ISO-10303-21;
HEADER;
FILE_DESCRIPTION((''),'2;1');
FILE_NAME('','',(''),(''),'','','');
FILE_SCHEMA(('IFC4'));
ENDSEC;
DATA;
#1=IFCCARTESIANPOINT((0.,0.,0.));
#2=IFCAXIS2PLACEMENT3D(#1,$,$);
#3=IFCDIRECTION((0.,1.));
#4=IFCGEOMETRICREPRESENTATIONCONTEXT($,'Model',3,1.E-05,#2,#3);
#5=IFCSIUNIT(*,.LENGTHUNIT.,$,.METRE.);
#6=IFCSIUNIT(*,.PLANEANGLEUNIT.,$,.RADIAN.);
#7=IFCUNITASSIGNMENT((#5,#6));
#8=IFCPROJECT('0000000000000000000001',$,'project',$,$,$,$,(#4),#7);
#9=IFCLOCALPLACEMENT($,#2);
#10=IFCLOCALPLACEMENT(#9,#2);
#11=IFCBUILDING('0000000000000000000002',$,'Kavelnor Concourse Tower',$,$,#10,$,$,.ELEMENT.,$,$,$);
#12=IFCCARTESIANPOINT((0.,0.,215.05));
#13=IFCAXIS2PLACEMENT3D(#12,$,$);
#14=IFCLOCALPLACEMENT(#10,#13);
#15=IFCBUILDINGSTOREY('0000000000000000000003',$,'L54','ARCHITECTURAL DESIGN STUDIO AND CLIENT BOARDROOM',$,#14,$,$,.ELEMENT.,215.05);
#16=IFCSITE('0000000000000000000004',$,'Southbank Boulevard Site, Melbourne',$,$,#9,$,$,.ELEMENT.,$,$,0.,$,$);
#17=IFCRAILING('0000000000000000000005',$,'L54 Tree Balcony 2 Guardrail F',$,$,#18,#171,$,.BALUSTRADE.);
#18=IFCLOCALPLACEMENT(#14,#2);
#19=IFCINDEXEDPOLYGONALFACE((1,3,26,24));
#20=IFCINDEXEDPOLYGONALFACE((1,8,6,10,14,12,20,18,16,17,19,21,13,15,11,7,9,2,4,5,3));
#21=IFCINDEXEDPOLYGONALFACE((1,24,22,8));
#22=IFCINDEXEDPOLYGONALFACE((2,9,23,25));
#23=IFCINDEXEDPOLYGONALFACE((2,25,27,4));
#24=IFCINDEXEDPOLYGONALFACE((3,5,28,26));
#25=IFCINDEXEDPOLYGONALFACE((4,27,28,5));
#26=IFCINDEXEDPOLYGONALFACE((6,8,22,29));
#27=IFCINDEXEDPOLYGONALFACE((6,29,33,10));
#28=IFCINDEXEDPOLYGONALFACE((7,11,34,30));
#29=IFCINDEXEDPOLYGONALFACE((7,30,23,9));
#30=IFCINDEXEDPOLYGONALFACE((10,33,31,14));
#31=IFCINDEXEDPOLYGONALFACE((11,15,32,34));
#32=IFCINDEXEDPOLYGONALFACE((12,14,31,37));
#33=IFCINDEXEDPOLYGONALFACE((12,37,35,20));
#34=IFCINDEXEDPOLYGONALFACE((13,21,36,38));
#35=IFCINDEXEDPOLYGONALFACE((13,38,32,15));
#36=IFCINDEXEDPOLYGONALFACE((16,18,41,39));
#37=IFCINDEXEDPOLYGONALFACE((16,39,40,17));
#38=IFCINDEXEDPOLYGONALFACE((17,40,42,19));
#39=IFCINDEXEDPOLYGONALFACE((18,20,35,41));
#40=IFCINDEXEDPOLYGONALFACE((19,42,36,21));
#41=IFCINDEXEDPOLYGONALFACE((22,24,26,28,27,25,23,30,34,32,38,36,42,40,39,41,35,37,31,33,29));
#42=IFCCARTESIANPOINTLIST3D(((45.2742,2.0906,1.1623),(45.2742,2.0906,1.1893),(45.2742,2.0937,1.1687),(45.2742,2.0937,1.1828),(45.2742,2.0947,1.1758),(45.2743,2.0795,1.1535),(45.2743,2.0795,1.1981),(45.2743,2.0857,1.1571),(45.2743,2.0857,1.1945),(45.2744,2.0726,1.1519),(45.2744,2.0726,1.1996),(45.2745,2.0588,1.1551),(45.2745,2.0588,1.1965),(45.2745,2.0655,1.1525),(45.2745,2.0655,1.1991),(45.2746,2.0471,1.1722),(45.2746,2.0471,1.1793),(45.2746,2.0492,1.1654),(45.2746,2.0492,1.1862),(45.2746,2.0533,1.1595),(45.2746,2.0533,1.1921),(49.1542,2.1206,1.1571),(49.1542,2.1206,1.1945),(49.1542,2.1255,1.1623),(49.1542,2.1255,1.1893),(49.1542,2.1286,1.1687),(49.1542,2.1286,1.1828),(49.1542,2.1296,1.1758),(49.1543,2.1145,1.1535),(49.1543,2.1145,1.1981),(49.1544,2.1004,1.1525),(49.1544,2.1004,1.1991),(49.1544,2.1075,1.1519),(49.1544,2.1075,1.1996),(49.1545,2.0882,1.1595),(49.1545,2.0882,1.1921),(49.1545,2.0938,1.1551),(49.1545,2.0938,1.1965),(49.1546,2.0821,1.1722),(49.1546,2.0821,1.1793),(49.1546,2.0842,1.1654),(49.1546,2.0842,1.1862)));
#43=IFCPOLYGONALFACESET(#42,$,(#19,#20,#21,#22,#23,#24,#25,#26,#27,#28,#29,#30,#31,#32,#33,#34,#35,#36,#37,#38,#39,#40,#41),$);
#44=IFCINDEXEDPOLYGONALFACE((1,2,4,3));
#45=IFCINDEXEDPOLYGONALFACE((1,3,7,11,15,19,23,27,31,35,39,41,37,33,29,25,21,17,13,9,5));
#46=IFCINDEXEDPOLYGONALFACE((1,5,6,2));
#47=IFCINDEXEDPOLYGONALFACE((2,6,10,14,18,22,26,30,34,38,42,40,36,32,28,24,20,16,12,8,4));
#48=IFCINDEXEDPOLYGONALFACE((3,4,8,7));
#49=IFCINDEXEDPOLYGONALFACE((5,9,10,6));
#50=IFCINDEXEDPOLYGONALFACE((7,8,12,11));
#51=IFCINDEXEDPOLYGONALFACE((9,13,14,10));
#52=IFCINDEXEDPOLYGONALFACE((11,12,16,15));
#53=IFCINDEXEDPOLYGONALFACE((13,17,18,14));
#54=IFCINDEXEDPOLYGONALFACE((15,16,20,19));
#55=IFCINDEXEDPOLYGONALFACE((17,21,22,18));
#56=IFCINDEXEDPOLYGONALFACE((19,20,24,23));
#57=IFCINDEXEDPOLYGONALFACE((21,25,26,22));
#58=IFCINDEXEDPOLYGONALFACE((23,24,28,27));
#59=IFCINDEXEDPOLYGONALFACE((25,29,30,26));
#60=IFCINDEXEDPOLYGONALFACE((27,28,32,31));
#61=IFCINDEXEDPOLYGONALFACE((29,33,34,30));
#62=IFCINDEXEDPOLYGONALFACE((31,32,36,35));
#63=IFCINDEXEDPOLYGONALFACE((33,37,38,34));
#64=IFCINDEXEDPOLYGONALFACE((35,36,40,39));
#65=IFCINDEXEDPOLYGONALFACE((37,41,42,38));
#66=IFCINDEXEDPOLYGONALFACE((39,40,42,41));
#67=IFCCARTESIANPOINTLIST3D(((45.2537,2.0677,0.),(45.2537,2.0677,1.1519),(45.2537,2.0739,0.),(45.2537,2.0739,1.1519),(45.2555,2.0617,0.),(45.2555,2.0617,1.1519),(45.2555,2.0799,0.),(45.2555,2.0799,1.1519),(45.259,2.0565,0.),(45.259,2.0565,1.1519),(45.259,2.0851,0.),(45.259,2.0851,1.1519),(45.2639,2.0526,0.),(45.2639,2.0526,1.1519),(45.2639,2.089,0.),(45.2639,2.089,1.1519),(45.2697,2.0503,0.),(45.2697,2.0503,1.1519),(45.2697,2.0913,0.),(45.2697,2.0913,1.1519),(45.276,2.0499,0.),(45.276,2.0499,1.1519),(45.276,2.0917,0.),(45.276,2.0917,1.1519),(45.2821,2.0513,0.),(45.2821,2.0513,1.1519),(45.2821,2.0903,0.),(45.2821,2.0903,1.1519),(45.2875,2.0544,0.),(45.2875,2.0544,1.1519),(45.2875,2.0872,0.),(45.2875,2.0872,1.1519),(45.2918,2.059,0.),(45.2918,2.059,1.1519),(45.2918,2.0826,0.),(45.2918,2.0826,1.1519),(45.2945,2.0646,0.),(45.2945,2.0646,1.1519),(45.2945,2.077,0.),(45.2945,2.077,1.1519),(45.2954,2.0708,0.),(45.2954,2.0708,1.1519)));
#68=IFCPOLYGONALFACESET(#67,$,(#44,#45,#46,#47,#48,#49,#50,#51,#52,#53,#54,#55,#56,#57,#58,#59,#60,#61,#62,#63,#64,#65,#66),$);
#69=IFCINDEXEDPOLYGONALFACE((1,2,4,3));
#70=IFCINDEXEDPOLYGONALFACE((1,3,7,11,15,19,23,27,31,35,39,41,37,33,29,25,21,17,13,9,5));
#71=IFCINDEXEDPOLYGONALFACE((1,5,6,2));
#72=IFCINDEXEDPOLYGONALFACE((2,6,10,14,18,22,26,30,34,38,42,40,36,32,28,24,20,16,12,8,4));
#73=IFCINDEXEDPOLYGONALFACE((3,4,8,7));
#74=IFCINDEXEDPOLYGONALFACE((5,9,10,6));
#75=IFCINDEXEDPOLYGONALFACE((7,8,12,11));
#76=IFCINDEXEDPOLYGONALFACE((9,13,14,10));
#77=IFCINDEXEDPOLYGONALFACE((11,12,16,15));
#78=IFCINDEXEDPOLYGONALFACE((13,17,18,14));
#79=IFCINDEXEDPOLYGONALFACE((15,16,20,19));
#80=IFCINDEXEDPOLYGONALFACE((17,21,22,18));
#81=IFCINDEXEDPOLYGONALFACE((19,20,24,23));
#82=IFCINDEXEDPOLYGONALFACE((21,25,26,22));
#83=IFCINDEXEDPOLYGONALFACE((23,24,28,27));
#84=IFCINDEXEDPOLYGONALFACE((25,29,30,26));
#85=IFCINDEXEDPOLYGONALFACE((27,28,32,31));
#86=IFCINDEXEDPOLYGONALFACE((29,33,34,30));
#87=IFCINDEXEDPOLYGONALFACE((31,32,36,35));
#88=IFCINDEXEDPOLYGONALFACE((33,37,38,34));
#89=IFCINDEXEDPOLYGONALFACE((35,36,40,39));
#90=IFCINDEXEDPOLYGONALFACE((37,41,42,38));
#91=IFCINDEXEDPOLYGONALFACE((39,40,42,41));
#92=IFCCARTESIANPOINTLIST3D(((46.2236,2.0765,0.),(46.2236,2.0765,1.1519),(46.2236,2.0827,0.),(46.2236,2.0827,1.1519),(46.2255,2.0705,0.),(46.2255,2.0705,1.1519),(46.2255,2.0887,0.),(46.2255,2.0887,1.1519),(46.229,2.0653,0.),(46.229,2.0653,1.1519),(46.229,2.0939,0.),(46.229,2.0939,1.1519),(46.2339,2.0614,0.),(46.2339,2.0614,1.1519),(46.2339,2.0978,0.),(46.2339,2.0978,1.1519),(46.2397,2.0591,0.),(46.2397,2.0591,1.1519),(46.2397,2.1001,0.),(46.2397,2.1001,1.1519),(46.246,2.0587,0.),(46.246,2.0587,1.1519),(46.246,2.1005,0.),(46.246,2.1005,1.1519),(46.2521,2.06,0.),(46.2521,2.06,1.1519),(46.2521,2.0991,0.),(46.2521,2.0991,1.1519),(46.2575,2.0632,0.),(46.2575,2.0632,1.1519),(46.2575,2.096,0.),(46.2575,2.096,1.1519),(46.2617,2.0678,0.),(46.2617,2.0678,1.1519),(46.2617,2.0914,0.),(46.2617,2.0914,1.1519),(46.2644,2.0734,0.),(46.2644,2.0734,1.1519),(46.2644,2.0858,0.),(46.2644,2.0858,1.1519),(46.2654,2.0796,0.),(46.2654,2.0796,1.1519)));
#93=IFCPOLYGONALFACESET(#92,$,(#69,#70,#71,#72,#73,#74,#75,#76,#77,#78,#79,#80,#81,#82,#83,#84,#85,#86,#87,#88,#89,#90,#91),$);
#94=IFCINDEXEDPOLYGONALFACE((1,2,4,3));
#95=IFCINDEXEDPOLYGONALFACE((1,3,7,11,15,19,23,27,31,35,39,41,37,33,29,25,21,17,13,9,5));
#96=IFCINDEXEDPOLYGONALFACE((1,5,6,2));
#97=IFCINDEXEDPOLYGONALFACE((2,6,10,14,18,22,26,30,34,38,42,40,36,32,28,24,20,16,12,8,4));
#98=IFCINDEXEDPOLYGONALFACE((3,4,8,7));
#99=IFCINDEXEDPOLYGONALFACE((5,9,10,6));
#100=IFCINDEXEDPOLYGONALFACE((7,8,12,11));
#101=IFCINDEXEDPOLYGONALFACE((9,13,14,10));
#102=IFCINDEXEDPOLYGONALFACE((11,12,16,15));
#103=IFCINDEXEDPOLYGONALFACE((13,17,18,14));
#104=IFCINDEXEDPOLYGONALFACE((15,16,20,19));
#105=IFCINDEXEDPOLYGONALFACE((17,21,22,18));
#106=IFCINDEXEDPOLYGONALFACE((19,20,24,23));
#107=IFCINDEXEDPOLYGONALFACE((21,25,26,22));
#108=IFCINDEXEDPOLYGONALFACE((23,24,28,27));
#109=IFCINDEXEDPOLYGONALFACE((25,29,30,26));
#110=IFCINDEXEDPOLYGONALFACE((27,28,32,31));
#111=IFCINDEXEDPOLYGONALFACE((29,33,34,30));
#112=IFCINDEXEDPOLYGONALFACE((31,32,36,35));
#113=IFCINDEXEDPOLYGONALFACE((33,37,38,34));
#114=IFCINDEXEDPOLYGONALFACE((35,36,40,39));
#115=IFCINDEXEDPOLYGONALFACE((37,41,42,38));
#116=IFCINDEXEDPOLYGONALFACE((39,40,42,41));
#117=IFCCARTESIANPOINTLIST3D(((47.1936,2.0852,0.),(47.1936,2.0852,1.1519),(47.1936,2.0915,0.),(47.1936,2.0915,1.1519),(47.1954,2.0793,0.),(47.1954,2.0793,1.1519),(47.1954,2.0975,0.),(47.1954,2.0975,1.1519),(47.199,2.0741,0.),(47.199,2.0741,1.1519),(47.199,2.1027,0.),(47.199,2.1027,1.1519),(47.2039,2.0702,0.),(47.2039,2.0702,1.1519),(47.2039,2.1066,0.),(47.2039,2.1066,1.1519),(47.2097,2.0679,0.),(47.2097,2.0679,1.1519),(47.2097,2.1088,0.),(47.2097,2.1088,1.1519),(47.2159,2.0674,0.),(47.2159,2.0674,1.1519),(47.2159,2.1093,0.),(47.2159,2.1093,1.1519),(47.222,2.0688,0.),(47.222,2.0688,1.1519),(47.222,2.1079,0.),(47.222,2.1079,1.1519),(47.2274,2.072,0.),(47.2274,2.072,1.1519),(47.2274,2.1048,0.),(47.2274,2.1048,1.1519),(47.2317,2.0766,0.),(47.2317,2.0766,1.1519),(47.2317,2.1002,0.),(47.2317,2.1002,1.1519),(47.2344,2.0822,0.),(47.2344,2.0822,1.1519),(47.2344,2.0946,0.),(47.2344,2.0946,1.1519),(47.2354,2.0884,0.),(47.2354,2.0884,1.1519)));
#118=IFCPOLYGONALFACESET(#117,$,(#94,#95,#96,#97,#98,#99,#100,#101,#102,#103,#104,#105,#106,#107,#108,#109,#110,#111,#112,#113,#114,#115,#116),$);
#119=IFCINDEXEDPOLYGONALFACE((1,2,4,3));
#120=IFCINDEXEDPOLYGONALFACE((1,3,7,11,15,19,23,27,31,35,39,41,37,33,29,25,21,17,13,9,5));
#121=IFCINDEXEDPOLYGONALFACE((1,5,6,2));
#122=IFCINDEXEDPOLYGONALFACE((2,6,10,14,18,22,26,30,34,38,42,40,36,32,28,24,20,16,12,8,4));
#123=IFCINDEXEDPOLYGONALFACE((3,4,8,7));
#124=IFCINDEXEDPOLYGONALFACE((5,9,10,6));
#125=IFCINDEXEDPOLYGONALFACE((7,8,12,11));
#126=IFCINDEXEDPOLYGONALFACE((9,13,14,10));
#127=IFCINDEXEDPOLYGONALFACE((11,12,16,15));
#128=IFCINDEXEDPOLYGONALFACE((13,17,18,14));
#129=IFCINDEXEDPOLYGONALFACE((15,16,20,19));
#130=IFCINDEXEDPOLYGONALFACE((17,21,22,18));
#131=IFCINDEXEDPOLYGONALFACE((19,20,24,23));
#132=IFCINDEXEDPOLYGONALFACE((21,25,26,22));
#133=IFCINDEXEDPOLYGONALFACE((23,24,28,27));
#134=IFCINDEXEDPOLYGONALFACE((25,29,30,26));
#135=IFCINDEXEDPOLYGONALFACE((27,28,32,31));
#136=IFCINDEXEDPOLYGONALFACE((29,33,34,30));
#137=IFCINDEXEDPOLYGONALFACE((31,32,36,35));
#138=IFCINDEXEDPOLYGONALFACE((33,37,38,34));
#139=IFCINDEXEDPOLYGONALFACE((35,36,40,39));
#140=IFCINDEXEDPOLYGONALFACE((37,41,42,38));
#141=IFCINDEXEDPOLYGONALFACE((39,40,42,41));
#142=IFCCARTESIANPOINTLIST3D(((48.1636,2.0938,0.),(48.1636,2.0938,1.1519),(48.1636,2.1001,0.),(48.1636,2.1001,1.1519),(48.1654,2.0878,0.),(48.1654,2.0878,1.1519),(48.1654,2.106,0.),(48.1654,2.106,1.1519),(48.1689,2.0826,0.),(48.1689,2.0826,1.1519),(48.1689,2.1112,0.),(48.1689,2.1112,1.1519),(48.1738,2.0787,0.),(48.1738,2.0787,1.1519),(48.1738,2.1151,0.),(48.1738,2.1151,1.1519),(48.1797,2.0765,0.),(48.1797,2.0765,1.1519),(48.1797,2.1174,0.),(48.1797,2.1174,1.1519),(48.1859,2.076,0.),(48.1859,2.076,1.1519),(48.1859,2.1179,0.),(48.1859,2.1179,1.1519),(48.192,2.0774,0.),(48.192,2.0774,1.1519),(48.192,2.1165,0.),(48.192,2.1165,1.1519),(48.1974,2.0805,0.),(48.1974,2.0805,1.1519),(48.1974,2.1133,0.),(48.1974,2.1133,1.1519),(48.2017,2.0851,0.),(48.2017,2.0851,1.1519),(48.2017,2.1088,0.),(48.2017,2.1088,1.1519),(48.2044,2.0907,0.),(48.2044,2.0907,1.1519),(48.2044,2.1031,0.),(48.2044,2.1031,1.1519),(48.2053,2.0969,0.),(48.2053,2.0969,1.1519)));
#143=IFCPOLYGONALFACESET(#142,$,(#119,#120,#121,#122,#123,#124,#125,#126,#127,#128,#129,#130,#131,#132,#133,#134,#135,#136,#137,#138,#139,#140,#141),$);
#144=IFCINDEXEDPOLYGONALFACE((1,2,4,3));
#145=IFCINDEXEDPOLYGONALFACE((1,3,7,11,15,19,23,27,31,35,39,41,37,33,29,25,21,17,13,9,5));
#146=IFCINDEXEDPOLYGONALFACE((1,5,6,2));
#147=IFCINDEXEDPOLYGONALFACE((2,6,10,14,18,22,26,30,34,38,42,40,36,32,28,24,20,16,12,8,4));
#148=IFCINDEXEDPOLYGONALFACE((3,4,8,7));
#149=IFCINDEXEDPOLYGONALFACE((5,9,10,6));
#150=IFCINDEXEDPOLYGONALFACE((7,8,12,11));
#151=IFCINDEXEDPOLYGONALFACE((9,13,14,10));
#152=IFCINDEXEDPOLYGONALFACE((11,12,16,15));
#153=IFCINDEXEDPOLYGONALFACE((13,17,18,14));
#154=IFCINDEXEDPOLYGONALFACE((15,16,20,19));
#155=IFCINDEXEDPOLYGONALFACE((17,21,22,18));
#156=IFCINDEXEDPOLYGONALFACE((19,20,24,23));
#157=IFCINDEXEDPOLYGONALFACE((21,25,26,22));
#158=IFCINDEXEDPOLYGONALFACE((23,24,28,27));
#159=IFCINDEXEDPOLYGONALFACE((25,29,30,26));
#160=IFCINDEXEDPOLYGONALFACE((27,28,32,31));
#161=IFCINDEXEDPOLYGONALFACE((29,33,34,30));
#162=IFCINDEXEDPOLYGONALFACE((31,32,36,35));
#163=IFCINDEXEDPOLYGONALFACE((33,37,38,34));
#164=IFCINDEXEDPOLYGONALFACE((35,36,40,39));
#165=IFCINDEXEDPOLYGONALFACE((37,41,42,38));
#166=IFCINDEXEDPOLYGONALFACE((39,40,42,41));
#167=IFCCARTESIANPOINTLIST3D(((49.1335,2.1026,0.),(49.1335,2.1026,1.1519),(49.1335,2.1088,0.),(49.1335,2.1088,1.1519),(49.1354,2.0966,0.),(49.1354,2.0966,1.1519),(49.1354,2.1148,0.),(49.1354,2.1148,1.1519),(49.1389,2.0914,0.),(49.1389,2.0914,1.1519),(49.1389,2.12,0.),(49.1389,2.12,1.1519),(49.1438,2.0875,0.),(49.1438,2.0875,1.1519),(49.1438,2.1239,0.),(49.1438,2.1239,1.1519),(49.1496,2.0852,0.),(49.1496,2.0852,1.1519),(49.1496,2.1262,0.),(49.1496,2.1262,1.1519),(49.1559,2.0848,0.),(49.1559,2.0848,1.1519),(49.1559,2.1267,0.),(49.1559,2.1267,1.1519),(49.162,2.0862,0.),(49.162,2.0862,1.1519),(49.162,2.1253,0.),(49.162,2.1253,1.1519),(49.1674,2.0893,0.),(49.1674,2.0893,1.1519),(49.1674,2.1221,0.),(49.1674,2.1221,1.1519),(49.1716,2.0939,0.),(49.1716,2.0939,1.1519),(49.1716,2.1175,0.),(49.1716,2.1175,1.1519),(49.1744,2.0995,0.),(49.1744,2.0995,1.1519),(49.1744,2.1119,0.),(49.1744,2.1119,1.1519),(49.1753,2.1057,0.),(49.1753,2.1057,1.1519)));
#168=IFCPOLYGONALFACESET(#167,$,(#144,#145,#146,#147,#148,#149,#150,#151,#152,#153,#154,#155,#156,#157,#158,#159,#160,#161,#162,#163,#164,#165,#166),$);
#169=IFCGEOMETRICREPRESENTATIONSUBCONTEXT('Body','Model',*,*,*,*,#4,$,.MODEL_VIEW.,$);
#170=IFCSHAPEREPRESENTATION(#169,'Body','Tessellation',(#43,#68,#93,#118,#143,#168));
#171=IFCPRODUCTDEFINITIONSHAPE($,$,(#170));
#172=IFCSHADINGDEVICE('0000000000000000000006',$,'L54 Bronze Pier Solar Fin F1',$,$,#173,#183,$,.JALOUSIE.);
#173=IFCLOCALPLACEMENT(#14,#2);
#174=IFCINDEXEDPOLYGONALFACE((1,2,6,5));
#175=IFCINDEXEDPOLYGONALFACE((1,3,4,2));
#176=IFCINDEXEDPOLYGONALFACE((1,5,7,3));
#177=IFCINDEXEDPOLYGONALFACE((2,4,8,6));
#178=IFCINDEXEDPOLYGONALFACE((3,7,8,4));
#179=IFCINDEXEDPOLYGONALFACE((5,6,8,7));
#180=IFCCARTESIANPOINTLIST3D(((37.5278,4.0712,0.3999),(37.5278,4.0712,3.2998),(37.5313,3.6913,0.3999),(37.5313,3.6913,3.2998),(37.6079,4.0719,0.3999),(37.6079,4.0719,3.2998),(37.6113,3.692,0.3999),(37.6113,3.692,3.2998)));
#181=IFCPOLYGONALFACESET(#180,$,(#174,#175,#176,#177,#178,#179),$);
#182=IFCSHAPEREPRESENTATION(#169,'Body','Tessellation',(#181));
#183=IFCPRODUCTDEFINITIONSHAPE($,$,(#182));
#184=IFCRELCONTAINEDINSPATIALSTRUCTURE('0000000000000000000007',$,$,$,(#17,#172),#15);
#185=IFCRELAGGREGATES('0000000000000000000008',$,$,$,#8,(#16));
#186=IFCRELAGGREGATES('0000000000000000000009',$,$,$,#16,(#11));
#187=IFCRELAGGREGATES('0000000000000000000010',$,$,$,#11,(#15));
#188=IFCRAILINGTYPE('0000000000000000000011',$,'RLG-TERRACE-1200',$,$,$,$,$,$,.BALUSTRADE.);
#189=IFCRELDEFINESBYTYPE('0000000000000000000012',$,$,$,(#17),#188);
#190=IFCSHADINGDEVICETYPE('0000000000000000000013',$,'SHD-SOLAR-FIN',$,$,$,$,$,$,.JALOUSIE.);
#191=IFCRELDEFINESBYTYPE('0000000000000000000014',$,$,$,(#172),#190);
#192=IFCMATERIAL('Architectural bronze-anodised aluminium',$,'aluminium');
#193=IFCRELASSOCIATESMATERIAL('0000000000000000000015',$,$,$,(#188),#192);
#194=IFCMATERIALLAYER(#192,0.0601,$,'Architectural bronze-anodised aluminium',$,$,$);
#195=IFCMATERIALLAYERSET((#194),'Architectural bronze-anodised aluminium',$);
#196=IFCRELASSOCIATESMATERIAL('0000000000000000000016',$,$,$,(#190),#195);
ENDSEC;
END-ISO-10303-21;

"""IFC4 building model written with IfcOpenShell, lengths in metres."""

from ifc_helpers import new_model, si_unit, direction, frame, origin, origin_2d, place, context, subcontext, project, spatial, rectangle, circle, extrude, material, layer, layer_set, type_object, element, save


model = new_model("IFC4")

# Units and contexts
model_context = context("Model", 3, precision=1e-05, world=origin(), true_north=direction((0.0, 1.0)))
body_context = subcontext(model_context, "Body", "Model", "MODEL_VIEW")
ifc_project = project(units=[si_unit("LENGTHUNIT", "METRE"), si_unit("PLANEANGLEUNIT", "RADIAN")], contexts=[model_context])

# Site, building, storey
site_placement = place(None, origin())
site = spatial("IfcSite", under=ifc_project, at=site_placement, Name="Southbank Boulevard Site, Melbourne", CompositionType="ELEMENT", RefElevation=0.0)
building_placement = place(site_placement, origin())
building = spatial("IfcBuilding", under=site, at=building_placement, Name="Kavelnor Concourse Tower", CompositionType="ELEMENT")
storey_placement = place(building_placement, frame((0.0, 0.0, 215.05)))
storey = spatial("IfcBuildingStorey", under=building, at=storey_placement, Name="L54", Description="ARCHITECTURAL DESIGN STUDIO AND CLIENT BOARDROOM", CompositionType="ELEMENT", Elevation=215.05)

# Railing
ifc_material_1 = material(Name="Architectural bronze-anodised aluminium", Category="aluminium")
railing_type_1 = type_object("IfcRailingType", Name="RLG-TERRACE-1200", PredefinedType="BALUSTRADE", material=ifc_material_1)
railing_1_placement = place(storey_placement, frame((45.2744, 2.0708, 0.0)))
element("IfcRailing", 1, at=railing_1_placement, inside=storey, type_object=railing_type_1, Name="L54 Tree Balcony 2 Guardrail F", PredefinedType="BALUSTRADE", context=body_context, shape_type="SweptSolid", body=[
    extrude(circle(Radius=0.0239, at=origin_2d()), frame((0.0, 0.0, 1.1758), z_axis=(0.99996, 0.008998, 0.0), x_axis=(-0.008998, 0.99996, 0.0)), (0.0, 0.0, 1.0), 3.8801),
    extrude(circle(Radius=0.021, at=origin_2d()), origin(), (0.0, 0.0, 1.0), 1.1519),
    extrude(circle(Radius=0.021, at=origin_2d()), frame((0.97, 0.0088, 0.0)), (0.0, 0.0, 1.0), 1.1519),
    extrude(circle(Radius=0.021, at=origin_2d()), frame((1.9399, 0.0176, 0.0)), (0.0, 0.0, 1.0), 1.1519),
    extrude(circle(Radius=0.021, at=origin_2d()), frame((2.9099, 0.0261, 0.0)), (0.0, 0.0, 1.0), 1.1519),
    extrude(circle(Radius=0.021, at=origin_2d()), frame((3.8799, 0.0349, 0.0)), (0.0, 0.0, 1.0), 1.1519),
])

# Shading device
ifc_layer_1 = layer(ifc_material_1, 0.0601, Name="Architectural bronze-anodised aluminium")
ifc_layer_set_1 = layer_set([ifc_layer_1], Name="Architectural bronze-anodised aluminium")
shading_device_type = type_object("IfcShadingDeviceType", Name="SHD-SOLAR-FIN", PredefinedType="JALOUSIE", material=ifc_layer_set_1)
shading_device_placement = place(storey_placement, frame((37.5696, 3.8816, 0.3999), z_axis=(0.0, 0.0, 1.0), x_axis=(0.009076, -0.999959, 0.0)))
element("IfcShadingDevice", 2, at=shading_device_placement, inside=storey, type_object=shading_device_type, Name="L54 Bronze Pier Solar Fin F1", PredefinedType="JALOUSIE", context=body_context, shape_type="SweptSolid", body=[
    extrude(rectangle(XDim=0.3799, YDim=0.0801, at=origin_2d()), origin(), (0.0, 0.0, 1.0), 2.8999),
])

save(model, "model.ifc")
